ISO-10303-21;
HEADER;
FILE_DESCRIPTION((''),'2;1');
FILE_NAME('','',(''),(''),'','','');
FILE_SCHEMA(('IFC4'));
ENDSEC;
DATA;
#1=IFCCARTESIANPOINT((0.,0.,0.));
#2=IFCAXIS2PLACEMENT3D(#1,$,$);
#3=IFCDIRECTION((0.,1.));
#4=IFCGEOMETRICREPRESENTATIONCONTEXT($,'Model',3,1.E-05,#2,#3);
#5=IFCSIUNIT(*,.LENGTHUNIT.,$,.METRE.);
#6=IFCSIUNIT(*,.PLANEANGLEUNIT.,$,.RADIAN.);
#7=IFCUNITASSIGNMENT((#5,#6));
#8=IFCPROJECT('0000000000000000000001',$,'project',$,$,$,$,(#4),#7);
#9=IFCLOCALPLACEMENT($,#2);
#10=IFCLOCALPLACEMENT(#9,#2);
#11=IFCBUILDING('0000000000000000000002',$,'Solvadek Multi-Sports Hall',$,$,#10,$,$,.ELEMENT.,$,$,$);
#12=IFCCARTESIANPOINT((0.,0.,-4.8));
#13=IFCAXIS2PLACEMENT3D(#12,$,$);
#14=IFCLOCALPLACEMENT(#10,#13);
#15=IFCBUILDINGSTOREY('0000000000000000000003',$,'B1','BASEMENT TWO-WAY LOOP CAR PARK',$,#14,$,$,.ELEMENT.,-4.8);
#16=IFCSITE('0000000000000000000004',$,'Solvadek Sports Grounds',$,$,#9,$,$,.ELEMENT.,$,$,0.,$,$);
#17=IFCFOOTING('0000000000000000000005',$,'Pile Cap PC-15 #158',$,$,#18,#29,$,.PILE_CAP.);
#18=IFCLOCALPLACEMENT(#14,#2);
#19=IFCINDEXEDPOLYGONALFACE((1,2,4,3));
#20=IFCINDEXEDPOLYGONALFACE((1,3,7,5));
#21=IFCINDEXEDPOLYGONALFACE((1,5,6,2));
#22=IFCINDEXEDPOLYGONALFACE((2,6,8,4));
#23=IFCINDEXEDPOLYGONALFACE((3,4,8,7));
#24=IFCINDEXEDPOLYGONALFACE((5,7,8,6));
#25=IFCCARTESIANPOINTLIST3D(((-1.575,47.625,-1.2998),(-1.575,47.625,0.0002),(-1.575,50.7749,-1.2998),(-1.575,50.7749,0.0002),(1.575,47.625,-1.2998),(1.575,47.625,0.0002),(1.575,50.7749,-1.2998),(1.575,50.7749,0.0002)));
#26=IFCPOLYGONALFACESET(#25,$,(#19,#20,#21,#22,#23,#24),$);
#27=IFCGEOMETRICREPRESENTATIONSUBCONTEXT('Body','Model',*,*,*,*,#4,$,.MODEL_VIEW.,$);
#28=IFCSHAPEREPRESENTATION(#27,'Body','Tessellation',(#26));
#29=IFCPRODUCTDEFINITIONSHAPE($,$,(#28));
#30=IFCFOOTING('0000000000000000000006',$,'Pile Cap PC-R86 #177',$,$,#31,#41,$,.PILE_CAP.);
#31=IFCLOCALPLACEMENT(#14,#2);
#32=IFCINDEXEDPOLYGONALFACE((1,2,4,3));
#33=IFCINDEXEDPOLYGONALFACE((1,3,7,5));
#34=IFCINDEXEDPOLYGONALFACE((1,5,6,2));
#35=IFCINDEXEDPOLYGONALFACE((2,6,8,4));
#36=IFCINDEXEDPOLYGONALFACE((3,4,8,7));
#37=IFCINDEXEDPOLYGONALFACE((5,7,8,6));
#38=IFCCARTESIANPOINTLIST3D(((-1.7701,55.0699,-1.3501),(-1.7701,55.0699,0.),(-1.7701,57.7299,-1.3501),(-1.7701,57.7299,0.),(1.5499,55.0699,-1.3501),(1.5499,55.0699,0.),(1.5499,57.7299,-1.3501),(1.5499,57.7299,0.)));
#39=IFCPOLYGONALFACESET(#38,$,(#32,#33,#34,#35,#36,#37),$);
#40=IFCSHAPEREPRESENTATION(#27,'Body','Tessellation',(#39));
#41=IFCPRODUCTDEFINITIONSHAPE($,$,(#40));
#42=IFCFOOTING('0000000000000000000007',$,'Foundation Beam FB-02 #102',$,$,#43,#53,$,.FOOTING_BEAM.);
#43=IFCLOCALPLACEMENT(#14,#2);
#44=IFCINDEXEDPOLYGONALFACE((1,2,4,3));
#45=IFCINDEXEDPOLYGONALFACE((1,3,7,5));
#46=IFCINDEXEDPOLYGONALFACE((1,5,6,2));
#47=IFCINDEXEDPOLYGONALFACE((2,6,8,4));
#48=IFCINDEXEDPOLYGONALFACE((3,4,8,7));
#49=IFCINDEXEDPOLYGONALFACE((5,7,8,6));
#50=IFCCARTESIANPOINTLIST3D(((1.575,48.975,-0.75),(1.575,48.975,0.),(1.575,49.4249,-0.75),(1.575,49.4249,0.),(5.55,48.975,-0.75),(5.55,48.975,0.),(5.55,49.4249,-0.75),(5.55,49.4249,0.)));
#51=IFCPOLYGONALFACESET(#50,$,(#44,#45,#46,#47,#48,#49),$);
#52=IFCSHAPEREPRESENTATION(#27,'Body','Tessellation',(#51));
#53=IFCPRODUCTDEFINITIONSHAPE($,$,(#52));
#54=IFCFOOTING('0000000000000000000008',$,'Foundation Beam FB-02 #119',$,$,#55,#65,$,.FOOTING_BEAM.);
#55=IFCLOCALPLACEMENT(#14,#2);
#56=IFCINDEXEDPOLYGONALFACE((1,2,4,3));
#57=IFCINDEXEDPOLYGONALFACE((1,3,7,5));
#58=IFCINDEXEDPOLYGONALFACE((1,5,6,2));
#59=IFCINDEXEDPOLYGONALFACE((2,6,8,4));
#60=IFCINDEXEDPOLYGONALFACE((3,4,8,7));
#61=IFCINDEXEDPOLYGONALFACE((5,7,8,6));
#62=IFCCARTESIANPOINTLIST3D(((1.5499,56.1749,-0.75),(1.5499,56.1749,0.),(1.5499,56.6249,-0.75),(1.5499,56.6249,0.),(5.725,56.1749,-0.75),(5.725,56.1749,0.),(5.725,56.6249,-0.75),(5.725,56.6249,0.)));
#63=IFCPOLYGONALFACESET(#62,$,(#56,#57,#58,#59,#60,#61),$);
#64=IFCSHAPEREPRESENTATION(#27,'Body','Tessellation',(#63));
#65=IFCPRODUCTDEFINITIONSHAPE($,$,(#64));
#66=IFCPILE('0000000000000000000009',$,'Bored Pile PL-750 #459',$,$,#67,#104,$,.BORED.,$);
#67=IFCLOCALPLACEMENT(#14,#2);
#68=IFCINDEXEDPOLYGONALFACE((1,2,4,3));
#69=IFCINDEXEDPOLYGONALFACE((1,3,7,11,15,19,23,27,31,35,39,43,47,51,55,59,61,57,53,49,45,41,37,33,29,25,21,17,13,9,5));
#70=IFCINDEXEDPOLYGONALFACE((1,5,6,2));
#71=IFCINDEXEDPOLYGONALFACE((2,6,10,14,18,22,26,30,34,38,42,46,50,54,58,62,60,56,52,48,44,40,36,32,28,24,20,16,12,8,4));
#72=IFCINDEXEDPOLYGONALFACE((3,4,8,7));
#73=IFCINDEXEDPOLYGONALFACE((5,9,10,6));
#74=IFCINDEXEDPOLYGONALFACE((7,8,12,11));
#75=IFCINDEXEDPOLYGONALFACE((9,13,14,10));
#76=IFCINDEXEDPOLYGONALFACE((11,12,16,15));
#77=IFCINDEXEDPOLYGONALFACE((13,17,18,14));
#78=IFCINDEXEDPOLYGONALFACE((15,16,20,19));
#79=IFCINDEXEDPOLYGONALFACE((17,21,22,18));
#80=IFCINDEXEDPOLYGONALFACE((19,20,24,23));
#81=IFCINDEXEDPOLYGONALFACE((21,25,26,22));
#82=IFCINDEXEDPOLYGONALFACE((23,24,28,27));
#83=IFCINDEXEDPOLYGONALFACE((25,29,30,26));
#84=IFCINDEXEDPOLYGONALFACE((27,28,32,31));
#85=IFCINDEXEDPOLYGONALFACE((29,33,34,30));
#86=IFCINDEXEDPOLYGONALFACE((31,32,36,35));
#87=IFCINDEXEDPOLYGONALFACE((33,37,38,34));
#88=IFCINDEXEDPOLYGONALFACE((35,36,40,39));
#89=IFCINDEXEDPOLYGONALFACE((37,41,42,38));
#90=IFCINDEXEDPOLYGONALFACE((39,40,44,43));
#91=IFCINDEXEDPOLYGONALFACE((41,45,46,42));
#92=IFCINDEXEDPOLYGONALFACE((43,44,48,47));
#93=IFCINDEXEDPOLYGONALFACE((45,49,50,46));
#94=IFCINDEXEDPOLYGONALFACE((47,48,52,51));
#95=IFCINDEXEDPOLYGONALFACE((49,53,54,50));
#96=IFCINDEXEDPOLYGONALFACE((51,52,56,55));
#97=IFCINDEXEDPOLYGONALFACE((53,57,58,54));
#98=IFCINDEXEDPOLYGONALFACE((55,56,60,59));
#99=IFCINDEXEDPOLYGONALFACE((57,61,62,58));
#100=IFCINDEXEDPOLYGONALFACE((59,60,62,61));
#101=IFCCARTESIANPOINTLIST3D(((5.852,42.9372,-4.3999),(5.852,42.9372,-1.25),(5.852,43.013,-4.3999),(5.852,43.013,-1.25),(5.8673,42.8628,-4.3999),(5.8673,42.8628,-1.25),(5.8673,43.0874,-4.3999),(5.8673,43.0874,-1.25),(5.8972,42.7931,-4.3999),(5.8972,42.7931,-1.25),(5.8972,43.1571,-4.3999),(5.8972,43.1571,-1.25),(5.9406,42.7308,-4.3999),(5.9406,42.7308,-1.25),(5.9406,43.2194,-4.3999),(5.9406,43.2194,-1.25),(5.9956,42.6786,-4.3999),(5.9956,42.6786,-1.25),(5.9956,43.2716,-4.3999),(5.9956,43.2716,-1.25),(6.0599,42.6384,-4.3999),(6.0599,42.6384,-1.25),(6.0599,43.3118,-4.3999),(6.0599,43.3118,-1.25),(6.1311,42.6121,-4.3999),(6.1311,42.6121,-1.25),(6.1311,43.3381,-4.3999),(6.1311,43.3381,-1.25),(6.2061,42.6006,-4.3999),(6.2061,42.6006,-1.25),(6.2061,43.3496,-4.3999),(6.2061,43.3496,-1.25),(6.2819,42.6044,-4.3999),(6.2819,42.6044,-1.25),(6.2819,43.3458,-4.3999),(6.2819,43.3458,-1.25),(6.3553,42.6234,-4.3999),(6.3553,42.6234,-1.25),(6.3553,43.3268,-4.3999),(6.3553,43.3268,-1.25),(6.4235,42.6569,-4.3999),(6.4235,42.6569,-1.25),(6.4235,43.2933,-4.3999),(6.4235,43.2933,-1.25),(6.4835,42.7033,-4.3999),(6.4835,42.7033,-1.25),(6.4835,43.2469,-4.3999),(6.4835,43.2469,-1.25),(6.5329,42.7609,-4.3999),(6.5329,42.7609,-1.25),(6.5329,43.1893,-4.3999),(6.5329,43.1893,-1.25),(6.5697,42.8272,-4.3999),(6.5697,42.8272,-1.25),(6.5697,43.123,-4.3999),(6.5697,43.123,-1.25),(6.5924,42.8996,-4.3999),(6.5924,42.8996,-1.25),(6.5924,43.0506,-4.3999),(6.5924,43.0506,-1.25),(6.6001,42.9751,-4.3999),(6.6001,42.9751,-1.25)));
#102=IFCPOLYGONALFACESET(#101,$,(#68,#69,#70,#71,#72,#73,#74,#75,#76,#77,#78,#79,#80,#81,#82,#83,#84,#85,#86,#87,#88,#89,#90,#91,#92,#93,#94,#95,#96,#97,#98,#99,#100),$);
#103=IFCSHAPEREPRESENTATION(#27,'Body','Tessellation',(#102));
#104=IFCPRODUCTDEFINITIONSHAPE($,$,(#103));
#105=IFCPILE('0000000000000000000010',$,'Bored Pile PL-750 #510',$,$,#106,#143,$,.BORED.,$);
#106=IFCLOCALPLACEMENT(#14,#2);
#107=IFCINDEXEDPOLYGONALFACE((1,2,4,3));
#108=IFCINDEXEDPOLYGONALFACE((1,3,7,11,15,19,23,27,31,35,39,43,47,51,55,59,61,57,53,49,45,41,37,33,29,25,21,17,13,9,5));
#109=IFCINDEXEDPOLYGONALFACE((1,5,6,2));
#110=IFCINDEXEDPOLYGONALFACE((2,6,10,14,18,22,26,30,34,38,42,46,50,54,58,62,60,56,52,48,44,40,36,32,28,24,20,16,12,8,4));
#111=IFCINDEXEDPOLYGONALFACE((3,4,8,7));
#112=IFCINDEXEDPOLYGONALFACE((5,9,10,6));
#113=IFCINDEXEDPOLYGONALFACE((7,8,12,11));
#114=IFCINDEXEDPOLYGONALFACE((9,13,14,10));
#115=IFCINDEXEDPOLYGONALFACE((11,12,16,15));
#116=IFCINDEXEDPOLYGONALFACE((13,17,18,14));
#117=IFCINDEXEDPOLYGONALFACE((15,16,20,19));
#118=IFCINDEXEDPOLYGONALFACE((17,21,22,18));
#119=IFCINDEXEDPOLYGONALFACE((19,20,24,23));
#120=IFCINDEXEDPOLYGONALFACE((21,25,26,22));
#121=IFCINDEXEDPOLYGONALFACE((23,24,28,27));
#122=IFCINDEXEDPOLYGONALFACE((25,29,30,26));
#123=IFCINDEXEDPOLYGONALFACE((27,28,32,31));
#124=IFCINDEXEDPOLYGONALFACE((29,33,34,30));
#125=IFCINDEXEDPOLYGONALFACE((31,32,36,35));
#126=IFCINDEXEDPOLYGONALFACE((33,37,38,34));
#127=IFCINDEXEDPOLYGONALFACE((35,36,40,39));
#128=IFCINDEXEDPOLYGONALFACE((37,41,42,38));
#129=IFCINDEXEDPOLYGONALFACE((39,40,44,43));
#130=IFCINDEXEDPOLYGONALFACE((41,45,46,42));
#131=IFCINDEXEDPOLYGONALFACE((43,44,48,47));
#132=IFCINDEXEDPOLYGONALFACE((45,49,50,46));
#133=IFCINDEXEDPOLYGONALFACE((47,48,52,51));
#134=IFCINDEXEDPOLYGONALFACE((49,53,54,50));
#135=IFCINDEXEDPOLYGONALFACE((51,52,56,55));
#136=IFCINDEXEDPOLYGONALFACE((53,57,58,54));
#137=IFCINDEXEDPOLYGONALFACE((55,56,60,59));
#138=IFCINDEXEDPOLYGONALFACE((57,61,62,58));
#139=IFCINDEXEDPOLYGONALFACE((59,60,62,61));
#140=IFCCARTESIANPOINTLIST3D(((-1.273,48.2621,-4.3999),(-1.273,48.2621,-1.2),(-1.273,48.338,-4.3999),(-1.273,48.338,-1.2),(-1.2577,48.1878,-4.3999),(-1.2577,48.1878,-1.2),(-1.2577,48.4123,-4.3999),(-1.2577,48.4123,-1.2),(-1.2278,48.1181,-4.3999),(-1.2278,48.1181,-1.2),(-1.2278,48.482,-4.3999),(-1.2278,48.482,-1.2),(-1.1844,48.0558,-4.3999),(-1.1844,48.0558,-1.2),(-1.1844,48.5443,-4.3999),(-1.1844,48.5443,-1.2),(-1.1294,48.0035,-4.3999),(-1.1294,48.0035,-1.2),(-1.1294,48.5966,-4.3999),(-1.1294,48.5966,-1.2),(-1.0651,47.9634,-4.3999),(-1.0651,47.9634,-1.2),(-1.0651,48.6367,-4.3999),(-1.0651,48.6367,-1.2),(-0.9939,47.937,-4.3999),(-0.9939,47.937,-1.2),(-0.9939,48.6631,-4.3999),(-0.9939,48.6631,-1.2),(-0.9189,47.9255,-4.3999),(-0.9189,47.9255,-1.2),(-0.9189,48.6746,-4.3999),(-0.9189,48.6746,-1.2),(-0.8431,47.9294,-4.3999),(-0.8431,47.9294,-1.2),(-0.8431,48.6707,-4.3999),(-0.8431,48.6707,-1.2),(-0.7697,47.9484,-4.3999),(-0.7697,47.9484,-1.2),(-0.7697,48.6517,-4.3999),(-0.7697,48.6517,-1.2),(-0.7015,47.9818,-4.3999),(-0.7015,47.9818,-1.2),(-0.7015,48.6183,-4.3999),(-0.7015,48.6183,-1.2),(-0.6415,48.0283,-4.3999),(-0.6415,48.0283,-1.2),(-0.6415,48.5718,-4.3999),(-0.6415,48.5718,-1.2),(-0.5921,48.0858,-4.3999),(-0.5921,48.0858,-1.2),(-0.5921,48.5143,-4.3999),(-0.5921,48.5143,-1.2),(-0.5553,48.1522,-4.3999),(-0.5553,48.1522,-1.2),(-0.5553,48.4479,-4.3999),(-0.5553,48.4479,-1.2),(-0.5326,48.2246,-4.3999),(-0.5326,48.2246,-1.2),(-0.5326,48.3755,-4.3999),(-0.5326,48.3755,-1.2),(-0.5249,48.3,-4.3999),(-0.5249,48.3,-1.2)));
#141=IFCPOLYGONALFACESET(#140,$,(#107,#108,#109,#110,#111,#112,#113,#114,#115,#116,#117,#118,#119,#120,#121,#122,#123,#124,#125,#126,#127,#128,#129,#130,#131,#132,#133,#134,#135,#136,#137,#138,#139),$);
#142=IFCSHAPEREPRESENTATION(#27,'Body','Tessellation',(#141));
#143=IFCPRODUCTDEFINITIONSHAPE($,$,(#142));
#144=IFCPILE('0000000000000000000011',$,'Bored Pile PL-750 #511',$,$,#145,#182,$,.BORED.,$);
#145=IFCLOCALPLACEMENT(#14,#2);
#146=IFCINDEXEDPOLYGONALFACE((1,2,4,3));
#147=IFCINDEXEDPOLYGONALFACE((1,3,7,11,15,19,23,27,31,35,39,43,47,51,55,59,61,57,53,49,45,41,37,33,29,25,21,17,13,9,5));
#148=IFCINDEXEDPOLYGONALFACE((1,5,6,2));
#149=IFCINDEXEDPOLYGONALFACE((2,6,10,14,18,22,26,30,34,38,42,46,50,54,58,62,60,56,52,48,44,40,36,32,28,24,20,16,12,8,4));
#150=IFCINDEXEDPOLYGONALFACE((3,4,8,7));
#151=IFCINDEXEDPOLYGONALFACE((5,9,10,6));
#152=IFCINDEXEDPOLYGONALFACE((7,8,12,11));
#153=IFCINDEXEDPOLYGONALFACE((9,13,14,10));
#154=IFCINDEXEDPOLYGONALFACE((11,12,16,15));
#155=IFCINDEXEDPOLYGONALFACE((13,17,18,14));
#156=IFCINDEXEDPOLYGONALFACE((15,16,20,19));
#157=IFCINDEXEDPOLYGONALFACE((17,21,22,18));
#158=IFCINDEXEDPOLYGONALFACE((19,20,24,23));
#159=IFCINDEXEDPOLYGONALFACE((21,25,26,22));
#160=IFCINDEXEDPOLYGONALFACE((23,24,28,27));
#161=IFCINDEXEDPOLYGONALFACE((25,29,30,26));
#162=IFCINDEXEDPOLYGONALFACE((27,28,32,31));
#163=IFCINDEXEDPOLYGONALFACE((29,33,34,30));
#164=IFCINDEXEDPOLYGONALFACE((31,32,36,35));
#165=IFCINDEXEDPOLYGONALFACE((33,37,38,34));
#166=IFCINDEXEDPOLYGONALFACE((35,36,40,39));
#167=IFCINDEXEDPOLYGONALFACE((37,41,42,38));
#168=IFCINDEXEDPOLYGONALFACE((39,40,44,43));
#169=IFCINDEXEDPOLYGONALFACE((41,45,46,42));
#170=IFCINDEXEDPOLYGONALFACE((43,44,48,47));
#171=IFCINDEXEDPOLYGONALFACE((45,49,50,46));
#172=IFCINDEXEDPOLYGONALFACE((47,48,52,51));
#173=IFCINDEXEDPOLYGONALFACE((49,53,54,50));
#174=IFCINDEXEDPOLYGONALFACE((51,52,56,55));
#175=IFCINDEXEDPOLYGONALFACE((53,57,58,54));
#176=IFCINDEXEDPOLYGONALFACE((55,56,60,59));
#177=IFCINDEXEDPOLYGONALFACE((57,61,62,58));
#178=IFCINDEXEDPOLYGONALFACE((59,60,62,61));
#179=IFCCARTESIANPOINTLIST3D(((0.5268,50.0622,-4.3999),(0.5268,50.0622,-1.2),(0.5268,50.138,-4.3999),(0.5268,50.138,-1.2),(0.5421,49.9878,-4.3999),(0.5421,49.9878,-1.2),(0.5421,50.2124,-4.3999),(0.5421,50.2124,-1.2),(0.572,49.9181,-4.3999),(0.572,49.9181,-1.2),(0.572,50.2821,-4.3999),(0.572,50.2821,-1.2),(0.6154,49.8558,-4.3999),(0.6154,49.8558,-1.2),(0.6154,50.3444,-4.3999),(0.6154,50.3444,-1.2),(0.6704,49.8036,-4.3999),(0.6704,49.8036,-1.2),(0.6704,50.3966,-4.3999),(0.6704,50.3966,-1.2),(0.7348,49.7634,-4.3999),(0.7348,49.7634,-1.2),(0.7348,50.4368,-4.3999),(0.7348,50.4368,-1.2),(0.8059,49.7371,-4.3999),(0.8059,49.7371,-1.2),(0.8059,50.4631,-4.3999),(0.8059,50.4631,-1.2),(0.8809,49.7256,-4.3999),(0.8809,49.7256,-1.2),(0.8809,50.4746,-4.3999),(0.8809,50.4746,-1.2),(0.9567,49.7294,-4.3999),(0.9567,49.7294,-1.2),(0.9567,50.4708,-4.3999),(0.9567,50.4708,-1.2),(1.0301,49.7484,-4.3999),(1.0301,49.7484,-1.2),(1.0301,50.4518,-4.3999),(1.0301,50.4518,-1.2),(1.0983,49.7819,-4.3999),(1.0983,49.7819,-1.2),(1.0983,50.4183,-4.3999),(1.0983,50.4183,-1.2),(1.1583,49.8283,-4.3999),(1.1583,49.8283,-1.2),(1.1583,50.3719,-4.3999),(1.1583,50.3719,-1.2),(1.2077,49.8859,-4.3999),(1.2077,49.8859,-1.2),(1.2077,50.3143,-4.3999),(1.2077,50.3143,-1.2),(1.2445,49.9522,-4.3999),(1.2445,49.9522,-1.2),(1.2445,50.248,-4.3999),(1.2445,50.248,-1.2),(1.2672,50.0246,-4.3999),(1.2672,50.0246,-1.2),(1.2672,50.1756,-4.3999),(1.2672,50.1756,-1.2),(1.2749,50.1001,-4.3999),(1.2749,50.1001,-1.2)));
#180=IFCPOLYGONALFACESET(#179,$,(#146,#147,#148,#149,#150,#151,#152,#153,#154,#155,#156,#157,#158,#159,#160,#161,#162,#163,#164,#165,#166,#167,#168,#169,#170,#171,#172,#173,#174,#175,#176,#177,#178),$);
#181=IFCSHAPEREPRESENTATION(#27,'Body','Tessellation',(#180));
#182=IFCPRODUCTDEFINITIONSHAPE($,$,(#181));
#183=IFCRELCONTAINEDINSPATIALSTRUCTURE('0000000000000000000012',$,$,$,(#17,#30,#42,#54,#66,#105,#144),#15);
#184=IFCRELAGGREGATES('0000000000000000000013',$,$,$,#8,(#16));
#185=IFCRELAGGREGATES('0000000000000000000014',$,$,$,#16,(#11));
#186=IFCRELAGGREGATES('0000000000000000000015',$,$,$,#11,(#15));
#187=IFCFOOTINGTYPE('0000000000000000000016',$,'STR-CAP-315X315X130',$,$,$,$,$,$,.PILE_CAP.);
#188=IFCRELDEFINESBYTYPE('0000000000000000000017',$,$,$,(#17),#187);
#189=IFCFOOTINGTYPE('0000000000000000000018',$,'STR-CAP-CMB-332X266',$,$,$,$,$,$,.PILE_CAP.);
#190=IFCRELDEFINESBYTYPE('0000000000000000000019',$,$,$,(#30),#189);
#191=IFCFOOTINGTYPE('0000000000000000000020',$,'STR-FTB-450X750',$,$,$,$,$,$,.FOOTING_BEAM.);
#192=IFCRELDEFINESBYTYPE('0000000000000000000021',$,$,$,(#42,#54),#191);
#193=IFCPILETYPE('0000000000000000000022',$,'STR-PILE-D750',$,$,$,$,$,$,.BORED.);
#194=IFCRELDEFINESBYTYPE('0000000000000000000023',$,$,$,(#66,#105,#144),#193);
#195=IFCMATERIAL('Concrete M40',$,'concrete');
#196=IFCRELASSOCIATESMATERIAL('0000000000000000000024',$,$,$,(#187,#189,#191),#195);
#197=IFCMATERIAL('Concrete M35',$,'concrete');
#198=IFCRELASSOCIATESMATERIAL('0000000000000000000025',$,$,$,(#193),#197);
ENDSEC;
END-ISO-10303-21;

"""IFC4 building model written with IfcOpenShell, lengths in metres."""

from ifc_helpers import new_model, si_unit, direction, frame, origin, origin_2d, place, context, subcontext, project, spatial, rectangle, circle, extrude, material, material_profile, profile_set, type_object, element, save


model = new_model("IFC4")

# Units and contexts
model_context = context("Model", 3, precision=1e-05, world=origin(), true_north=direction((0.0, 1.0)))
body_context = subcontext(model_context, "Body", "Model", "MODEL_VIEW")
ifc_project = project(units=[si_unit("LENGTHUNIT", "METRE"), si_unit("PLANEANGLEUNIT", "RADIAN")], contexts=[model_context])

# Site, building, storey
site_placement = place(None, origin())
site = spatial("IfcSite", under=ifc_project, at=site_placement, Name="Solvadek Sports Grounds", CompositionType="ELEMENT", RefElevation=0.0)
building_placement = place(site_placement, origin())
building = spatial("IfcBuilding", under=site, at=building_placement, Name="Solvadek Multi-Sports Hall", CompositionType="ELEMENT")
storey_placement = place(building_placement, frame((0.0, 0.0, -4.8)))
storey = spatial("IfcBuildingStorey", under=building, at=storey_placement, Name="B1", Description="BASEMENT TWO-WAY LOOP CAR PARK", CompositionType="ELEMENT", Elevation=-4.8)

# Footings
ifc_material_1 = material(Name="Concrete M40", Category="concrete")
footing_type_1 = type_object("IfcFootingType", Name="STR-CAP-315X315X130", PredefinedType="PILE_CAP", material=ifc_material_1)
footing_1_placement = place(storey_placement, frame((0.0, 49.2, -1.2998), z_axis=(0.0, 0.0, 1.0), x_axis=(1.0, 0.0, 0.0)))
element("IfcFooting", 1, at=footing_1_placement, inside=storey, type_object=footing_type_1, Name="Pile Cap PC-15 #158", PredefinedType="PILE_CAP", context=body_context, shape_type="SweptSolid", body=[
    extrude(rectangle(XDim=3.1499, YDim=3.1499, at=origin_2d()), origin(), (0.0, 0.0, 1.0), 1.3),
])
footing_type_2 = type_object("IfcFootingType", Name="STR-CAP-CMB-332X266", PredefinedType="PILE_CAP", material=ifc_material_1)
footing_2_placement = place(storey_placement, frame((-0.1101, 56.3999, -1.3501), z_axis=(0.0, 0.0, 1.0), x_axis=(1.0, 0.0, 0.0)))
element("IfcFooting", 2, at=footing_2_placement, inside=storey, type_object=footing_type_2, Name="Pile Cap PC-R86 #177", PredefinedType="PILE_CAP", context=body_context, shape_type="SweptSolid", body=[
    extrude(rectangle(XDim=3.3201, YDim=2.6599, at=origin_2d()), origin(), (0.0, 0.0, 1.0), 1.3501),
])
footing_type_3 = type_object("IfcFootingType", Name="STR-FTB-450X750", PredefinedType="FOOTING_BEAM", material=ifc_material_1)
footing_3_placement = place(storey_placement, frame((3.5625, 49.2, -0.75), z_axis=(0.0, 0.0, 1.0), x_axis=(1.0, 0.0, 0.0)))
element("IfcFooting", 3, at=footing_3_placement, inside=storey, type_object=footing_type_3, Name="Foundation Beam FB-02 #102", PredefinedType="FOOTING_BEAM", context=body_context, shape_type="SweptSolid", body=[
    extrude(rectangle(XDim=3.9751, YDim=0.45, at=origin_2d()), origin(), (0.0, 0.0, 1.0), 0.75),
])
footing_4_placement = place(storey_placement, frame((3.6375, 56.3999, -0.75), z_axis=(0.0, 0.0, 1.0), x_axis=(1.0, 0.0, 0.0)))
element("IfcFooting", 4, at=footing_4_placement, inside=storey, type_object=footing_type_3, Name="Foundation Beam FB-02 #119", PredefinedType="FOOTING_BEAM", context=body_context, shape_type="SweptSolid", body=[
    extrude(rectangle(XDim=4.175, YDim=0.45, at=origin_2d()), origin(), (0.0, 0.0, 1.0), 0.75),
])

# Piles
ifc_material_2 = material(Name="Concrete M35", Category="concrete")
ifc_material_profile_1 = material_profile(ifc_material_2, circle(Radius=0.375, at=origin_2d()), Name="BORED PILE D750")
ifc_profile_set_1 = profile_set([ifc_material_profile_1], Name="Concrete M35")
pile_type_1 = type_object("IfcPileType", Name="STR-PILE-D750", PredefinedType="BORED", material=ifc_profile_set_1)
pile_placement = place(storey_placement, frame((6.2251, 42.9751, -1.25), z_axis=(0.0, 0.0, -1.0), x_axis=(1.0, 0.0, 0.0)))
element("IfcPile", 5, at=pile_placement, inside=storey, type_object=pile_type_1, Name="Bored Pile PL-750 #459", PredefinedType="BORED", context=body_context, shape_type="SweptSolid", body=[
    extrude(circle(Radius=0.375, at=origin_2d()), origin(), (0.0, 0.0, 1.0), 3.1499),
])
for number, where, z_axis, x_axis, name in (
    (6, (-0.8999, 48.3, -1.2), (0.0, 0.0, -1.0), (1.0, 0.0, 0.0), "Bored Pile PL-750 #510"),
    (7, (0.8999, 50.1001, -1.2), (0.0, 0.0, -1.0), (1.0, 0.0, 0.0), "Bored Pile PL-750 #511"),
):
    element("IfcPile", number, at=place(storey_placement, frame(where, z_axis=z_axis, x_axis=x_axis)), inside=storey, type_object=pile_type_1, Name=name, PredefinedType="BORED", context=body_context, shape_type="SweptSolid", body=[
        extrude(circle(Radius=0.375, at=origin_2d()), origin(), (0.0, 0.0, 1.0), 3.2),
    ])

save(model, "model.ifc")
